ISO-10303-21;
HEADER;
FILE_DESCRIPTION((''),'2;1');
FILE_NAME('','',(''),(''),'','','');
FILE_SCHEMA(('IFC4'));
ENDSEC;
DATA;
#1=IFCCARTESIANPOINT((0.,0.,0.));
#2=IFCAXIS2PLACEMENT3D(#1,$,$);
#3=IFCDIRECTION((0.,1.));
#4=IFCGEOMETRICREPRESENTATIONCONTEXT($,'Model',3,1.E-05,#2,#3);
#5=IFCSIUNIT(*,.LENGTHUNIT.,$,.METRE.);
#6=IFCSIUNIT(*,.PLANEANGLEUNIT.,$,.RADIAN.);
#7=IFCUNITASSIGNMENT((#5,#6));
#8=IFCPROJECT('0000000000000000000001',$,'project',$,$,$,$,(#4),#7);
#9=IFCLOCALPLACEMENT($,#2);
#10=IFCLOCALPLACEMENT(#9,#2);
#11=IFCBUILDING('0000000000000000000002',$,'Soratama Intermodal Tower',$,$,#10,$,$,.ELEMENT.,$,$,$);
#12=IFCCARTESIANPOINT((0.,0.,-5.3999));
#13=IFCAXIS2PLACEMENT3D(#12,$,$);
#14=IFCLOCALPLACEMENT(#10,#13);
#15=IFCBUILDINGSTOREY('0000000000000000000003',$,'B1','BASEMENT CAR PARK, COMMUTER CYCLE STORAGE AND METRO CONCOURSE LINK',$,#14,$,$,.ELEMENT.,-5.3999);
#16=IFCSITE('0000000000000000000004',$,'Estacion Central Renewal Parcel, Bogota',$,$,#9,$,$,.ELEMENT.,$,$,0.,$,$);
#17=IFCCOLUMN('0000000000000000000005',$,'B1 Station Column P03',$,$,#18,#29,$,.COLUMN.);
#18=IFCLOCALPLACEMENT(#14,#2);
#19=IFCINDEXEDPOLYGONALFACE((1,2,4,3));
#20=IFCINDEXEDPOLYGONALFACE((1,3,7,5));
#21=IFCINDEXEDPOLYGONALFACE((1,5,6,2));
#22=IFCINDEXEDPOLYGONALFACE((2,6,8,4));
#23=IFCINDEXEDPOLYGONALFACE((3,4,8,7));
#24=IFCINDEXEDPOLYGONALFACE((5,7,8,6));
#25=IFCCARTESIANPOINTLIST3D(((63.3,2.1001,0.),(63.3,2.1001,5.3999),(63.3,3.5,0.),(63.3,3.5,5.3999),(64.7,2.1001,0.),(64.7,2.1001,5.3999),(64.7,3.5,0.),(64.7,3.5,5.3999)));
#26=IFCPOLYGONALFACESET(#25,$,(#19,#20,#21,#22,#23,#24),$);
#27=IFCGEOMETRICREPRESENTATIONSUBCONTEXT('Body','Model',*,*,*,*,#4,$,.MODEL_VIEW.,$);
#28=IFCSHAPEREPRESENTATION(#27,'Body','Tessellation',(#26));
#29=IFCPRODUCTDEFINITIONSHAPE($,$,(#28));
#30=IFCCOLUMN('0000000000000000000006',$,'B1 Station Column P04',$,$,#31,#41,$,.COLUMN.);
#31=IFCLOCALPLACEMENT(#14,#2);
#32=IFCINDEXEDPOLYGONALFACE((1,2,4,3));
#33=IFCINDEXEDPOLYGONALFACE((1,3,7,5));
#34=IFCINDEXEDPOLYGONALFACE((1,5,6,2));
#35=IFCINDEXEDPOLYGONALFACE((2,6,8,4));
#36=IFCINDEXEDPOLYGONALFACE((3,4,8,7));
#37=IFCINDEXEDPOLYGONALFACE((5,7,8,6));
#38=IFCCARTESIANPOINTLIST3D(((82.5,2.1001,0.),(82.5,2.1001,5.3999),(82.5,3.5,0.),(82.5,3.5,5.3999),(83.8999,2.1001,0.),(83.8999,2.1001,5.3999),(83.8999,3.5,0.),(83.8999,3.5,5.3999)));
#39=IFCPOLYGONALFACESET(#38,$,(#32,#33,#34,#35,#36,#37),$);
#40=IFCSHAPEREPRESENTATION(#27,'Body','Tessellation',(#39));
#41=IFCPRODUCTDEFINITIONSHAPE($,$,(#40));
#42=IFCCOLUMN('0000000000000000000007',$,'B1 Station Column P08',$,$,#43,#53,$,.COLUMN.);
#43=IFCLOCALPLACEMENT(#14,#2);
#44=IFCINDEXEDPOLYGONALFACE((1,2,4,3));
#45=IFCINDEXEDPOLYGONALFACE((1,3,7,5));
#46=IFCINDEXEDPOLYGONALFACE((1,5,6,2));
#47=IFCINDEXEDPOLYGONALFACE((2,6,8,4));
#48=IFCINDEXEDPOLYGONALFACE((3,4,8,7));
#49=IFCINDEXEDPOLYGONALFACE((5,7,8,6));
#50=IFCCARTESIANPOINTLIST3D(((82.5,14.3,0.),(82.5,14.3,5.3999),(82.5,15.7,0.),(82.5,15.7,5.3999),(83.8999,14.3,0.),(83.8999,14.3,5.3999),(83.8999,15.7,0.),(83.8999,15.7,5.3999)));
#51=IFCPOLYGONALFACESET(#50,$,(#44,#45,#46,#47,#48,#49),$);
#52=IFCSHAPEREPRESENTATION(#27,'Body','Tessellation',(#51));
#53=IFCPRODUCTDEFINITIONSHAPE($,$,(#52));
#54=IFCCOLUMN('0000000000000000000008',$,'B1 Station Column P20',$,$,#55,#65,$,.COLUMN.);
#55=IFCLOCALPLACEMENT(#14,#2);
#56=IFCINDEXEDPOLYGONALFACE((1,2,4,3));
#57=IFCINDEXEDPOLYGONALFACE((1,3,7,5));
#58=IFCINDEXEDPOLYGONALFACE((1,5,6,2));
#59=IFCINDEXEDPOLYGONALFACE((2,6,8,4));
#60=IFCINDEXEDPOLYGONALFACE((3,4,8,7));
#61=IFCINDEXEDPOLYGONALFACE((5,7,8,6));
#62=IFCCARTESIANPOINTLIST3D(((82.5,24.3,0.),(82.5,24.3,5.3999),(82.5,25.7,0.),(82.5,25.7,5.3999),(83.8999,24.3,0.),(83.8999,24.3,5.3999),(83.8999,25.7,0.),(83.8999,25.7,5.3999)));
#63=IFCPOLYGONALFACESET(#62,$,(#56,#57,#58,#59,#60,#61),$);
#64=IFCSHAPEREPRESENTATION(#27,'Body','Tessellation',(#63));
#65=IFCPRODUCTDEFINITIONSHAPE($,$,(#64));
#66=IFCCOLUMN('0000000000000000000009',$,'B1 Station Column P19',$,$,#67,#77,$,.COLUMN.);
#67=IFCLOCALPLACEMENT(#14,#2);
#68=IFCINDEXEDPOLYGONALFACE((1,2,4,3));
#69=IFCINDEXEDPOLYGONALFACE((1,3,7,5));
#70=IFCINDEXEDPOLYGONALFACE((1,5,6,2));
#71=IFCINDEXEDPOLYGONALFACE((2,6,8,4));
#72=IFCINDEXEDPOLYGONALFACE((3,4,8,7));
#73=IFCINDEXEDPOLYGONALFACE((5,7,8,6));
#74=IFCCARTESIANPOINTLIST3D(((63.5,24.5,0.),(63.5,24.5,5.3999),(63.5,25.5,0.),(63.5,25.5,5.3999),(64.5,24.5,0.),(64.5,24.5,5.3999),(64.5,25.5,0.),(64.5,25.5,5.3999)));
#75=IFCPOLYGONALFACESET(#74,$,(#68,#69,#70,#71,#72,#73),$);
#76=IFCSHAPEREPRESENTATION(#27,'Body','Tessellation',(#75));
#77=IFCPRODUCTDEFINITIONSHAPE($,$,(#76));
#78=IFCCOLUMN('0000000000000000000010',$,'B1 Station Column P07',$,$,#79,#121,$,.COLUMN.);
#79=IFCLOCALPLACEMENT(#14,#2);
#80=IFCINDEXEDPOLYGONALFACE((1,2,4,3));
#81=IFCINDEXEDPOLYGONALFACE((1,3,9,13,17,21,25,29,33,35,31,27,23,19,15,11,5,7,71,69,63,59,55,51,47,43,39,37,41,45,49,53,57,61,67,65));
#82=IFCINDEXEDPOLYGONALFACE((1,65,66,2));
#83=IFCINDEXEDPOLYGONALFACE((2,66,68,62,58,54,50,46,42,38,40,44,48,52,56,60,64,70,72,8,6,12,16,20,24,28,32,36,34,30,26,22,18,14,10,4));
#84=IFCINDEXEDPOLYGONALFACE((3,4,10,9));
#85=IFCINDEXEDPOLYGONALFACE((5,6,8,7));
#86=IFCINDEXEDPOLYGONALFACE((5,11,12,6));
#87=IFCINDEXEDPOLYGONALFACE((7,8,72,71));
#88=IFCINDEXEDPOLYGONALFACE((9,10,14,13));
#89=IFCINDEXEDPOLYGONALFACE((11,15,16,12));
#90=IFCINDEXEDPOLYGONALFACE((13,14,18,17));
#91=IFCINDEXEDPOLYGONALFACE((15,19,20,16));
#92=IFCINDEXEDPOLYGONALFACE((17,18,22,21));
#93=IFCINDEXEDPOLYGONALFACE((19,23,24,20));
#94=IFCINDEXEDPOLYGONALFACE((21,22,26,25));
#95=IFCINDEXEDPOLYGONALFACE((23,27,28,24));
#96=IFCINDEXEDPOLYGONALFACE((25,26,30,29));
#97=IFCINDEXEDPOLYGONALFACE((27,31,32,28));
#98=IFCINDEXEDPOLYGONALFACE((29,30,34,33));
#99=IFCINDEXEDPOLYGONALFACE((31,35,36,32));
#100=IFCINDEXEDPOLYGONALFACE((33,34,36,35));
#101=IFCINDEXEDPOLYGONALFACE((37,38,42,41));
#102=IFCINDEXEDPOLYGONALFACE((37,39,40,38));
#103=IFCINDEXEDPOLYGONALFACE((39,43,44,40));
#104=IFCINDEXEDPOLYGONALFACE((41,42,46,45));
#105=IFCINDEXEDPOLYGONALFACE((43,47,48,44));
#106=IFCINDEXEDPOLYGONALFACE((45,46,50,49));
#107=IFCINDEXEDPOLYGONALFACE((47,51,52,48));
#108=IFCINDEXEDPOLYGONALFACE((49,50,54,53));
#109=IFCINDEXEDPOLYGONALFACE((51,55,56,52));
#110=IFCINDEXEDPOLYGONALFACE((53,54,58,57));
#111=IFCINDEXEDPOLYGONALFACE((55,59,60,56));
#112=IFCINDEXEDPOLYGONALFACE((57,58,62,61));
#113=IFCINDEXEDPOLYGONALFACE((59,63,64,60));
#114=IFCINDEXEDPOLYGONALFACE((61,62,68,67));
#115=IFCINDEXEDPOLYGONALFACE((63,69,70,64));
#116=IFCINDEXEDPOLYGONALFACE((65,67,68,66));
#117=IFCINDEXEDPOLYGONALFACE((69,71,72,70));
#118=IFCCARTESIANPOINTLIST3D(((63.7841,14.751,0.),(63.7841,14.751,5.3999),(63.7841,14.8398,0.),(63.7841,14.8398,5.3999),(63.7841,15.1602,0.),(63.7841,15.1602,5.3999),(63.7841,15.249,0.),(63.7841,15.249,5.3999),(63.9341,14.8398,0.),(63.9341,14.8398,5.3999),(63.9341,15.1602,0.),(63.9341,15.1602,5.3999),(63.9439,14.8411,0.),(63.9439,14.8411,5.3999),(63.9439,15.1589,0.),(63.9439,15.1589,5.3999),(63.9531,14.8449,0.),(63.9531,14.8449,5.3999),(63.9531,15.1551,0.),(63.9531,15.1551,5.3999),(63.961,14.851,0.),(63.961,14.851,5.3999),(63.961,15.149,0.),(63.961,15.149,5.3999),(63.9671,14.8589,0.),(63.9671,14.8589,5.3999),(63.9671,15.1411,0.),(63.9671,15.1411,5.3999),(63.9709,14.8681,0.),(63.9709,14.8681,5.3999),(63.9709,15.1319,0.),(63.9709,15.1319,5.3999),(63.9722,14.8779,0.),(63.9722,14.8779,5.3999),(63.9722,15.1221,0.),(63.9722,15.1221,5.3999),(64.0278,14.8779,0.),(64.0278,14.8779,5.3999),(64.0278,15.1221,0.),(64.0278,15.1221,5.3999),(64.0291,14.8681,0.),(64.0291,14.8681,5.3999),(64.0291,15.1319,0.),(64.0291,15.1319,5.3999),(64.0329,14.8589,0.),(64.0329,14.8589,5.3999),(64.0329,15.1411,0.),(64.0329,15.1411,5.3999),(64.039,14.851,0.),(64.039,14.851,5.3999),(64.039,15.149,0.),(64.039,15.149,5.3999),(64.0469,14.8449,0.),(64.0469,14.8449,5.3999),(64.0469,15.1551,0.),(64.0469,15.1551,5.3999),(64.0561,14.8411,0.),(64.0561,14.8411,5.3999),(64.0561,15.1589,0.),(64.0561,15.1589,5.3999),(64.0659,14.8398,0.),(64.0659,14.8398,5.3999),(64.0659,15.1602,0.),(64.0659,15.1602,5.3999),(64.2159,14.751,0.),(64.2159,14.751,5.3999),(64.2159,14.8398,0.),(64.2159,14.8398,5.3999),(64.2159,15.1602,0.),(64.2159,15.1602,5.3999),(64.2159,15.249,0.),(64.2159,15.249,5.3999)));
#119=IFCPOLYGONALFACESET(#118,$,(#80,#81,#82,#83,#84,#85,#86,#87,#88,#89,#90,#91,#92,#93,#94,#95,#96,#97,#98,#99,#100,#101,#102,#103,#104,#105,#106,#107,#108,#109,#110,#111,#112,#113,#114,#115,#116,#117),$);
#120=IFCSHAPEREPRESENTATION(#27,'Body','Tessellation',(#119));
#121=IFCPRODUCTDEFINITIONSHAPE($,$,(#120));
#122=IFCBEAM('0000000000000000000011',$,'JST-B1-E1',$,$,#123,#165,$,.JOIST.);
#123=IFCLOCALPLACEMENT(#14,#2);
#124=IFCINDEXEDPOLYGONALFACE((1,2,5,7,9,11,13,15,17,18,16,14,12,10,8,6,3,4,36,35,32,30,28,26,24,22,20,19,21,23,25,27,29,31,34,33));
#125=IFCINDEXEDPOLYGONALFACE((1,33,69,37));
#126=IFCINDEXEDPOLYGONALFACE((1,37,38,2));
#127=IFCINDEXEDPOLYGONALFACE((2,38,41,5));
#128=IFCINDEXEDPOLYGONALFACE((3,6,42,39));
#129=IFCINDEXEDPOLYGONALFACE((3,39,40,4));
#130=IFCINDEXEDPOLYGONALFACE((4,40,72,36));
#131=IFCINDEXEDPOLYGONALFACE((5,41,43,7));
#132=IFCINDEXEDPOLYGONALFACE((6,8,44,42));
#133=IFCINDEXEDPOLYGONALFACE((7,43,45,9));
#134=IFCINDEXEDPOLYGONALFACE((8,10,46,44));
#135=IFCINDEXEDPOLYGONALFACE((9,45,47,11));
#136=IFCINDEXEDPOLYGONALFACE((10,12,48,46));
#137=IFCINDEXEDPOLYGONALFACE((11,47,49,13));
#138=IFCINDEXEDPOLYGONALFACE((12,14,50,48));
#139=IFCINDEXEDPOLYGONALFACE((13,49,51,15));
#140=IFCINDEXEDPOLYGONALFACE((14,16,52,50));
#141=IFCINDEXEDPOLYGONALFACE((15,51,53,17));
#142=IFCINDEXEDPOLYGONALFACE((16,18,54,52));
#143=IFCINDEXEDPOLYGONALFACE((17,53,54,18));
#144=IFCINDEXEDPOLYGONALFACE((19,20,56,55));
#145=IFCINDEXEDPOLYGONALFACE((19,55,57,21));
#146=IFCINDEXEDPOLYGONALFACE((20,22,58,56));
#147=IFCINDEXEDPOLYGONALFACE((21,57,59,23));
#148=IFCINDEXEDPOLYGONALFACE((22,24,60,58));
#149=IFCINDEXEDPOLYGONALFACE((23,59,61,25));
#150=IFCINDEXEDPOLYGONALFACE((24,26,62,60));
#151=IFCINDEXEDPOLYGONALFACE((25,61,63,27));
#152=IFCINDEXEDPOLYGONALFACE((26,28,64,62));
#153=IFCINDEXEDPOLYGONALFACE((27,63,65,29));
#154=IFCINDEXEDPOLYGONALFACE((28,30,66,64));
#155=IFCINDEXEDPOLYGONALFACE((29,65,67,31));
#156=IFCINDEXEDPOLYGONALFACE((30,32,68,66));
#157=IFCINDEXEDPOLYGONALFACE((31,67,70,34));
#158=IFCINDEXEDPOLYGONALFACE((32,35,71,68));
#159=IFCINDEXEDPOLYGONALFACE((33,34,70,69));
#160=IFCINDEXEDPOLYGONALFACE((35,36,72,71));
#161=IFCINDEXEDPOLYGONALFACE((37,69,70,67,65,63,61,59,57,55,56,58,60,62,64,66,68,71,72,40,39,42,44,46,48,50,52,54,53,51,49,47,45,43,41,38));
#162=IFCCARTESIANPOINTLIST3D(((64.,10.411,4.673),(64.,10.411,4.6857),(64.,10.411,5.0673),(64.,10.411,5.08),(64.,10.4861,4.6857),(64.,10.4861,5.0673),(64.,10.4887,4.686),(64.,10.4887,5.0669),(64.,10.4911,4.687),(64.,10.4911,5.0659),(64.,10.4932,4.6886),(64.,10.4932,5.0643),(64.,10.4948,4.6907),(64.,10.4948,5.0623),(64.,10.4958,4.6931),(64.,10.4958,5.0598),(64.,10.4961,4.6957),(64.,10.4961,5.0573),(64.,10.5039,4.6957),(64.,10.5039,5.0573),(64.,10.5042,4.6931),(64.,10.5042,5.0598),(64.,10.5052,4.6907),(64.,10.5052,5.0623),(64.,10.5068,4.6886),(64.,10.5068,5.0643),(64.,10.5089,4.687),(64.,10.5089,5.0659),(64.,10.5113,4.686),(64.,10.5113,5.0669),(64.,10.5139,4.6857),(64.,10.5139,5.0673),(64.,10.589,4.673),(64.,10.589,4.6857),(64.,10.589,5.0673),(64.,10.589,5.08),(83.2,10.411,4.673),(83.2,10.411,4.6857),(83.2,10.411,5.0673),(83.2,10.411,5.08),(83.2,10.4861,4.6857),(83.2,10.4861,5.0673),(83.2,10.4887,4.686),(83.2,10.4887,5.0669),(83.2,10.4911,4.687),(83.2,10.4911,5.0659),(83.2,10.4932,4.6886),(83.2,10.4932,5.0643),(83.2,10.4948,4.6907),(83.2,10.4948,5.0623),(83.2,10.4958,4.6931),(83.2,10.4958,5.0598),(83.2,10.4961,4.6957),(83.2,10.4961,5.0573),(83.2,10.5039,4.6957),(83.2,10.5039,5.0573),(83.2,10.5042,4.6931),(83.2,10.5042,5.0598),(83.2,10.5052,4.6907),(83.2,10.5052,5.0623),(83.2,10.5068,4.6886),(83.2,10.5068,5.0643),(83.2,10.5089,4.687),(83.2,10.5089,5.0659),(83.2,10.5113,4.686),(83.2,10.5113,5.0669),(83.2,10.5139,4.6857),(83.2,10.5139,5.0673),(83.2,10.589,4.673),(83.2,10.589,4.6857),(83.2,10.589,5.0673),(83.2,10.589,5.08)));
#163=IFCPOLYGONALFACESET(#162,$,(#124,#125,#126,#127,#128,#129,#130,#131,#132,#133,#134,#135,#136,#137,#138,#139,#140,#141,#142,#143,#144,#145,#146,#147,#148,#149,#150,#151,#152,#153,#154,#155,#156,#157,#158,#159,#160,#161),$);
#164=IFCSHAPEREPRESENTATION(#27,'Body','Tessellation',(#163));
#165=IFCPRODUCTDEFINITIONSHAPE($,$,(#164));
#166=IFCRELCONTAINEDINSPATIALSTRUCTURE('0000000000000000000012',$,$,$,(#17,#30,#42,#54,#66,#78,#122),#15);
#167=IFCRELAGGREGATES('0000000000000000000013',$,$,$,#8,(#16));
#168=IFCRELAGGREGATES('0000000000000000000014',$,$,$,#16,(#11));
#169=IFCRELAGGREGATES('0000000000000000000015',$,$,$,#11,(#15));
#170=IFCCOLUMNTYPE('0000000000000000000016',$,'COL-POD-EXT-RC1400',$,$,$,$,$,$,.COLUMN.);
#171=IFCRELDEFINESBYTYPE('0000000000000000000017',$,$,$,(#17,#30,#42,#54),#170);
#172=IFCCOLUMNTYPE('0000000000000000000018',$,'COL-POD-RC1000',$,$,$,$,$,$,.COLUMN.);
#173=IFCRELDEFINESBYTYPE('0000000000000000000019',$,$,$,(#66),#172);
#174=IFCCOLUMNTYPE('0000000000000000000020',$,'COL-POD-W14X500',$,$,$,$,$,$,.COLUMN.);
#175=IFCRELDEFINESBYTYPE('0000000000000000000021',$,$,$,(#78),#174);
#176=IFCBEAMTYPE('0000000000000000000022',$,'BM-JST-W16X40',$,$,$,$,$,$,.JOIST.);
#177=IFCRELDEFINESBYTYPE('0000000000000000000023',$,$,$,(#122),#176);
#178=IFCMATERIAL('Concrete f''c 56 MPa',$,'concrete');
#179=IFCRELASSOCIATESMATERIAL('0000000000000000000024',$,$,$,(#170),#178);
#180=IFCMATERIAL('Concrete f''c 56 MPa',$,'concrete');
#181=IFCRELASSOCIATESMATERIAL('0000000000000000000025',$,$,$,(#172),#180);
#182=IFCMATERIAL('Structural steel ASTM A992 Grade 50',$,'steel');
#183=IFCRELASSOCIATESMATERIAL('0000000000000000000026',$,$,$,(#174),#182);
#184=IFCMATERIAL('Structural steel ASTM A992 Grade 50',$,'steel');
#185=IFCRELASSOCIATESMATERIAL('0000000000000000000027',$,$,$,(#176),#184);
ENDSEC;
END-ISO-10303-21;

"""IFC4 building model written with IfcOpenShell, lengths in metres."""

from ifc_helpers import new_model, si_unit, direction, frame, origin, origin_2d, place, context, subcontext, project, spatial, rectangle, i_section, extrude, material, material_profile, profile_set, type_object, element, save


model = new_model("IFC4")

# Units and contexts
model_context = context("Model", 3, precision=1e-05, world=origin(), true_north=direction((0.0, 1.0)))
body_context = subcontext(model_context, "Body", "Model", "MODEL_VIEW")
ifc_project = project(units=[si_unit("LENGTHUNIT", "METRE"), si_unit("PLANEANGLEUNIT", "RADIAN")], contexts=[model_context])

# Site, building, storey
site_placement = place(None, origin())
site = spatial("IfcSite", under=ifc_project, at=site_placement, Name="Estacion Central Renewal Parcel, Bogota", CompositionType="ELEMENT", RefElevation=0.0)
building_placement = place(site_placement, origin())
building = spatial("IfcBuilding", under=site, at=building_placement, Name="Soratama Intermodal Tower", CompositionType="ELEMENT")
storey_placement = place(building_placement, frame((0.0, 0.0, -5.3999)))
storey = spatial("IfcBuildingStorey", under=building, at=storey_placement, Name="B1", Description="BASEMENT CAR PARK, COMMUTER CYCLE STORAGE AND METRO CONCOURSE LINK", CompositionType="ELEMENT", Elevation=-5.3999)

# Columns
ifc_material_1 = material(Name="Concrete f'c 56 MPa", Category="concrete")
ifc_material_profile_1 = material_profile(ifc_material_1, rectangle(XDim=1.3999, YDim=1.3999, at=origin_2d()), Name="RC1400X1400")
ifc_profile_set_1 = profile_set([ifc_material_profile_1], Name="Concrete f'c 56 MPa")
column_type_1 = type_object("IfcColumnType", Name="COL-POD-EXT-RC1400", PredefinedType="COLUMN", material=ifc_profile_set_1)
for number, where, z_axis, x_axis, name in (
    (1, (64.0, 2.8, 0.0), (0.0, 0.0, 1.0), (1.0, 0.0, 0.0), "B1 Station Column P03"),
    (2, (83.2, 2.8, 0.0), (0.0, 0.0, 1.0), (1.0, 0.0, 0.0), "B1 Station Column P04"),
    (3, (83.2, 15.0, 0.0), (0.0, 0.0, 1.0), (1.0, 0.0, 0.0), "B1 Station Column P08"),
    (4, (83.2, 25.0, 0.0), (0.0, 0.0, 1.0), (1.0, 0.0, 0.0), "B1 Station Column P20"),
):
    element("IfcColumn", number, at=place(storey_placement, frame(where, z_axis=z_axis, x_axis=x_axis)), inside=storey, type_object=column_type_1, Name=name, PredefinedType="COLUMN", context=body_context, shape_type="SweptSolid", body=[
        extrude(rectangle(XDim=1.3999, YDim=1.3999, at=origin_2d()), origin(), (0.0, 0.0, 1.0), 5.3999),
    ])
ifc_material_2 = material(Name="Concrete f'c 56 MPa", Category="concrete")
ifc_material_profile_2 = material_profile(ifc_material_2, rectangle(XDim=1.0, YDim=1.0, at=origin_2d()), Name="RC1000X1000")
ifc_profile_set_2 = profile_set([ifc_material_profile_2], Name="Concrete f'c 56 MPa")
column_type_2 = type_object("IfcColumnType", Name="COL-POD-RC1000", PredefinedType="COLUMN", material=ifc_profile_set_2)
column_1_placement = place(storey_placement, frame((64.0, 25.0, 0.0), z_axis=(0.0, 0.0, 1.0), x_axis=(1.0, 0.0, 0.0)))
element("IfcColumn", 5, at=column_1_placement, inside=storey, type_object=column_type_2, Name="B1 Station Column P19", PredefinedType="COLUMN", context=body_context, shape_type="SweptSolid", body=[
    extrude(rectangle(XDim=1.0, YDim=1.0, at=origin_2d()), origin(), (0.0, 0.0, 1.0), 5.3999),
])
ifc_material_3 = material(Name="Structural steel ASTM A992 Grade 50", Category="steel")
ifc_material_profile_3 = material_profile(ifc_material_3, i_section(OverallWidth=0.4319, OverallDepth=0.498, WebThickness=0.0557, FlangeThickness=0.0889, FilletRadius=0.0381, at=origin_2d()), Name="W14X500")
ifc_profile_set_3 = profile_set([ifc_material_profile_3], Name="Structural steel ASTM A992 Grade 50")
column_type_3 = type_object("IfcColumnType", Name="COL-POD-W14X500", PredefinedType="COLUMN", material=ifc_profile_set_3)
column_2_placement = place(storey_placement, frame((64.0, 15.0, 0.0), z_axis=(0.0, 0.0, 1.0), x_axis=(1.0, 0.0, 0.0)))
element("IfcColumn", 6, at=column_2_placement, inside=storey, type_object=column_type_3, Name="B1 Station Column P07", PredefinedType="COLUMN", context=body_context, shape_type="SweptSolid", body=[
    extrude(i_section(OverallWidth=0.4319, OverallDepth=0.498, WebThickness=0.0557, FlangeThickness=0.0889, FilletRadius=0.0381, at=origin_2d()), origin(), (0.0, 0.0, 1.0), 5.3999),
])

# Beam
ifc_material_4 = material(Name="Structural steel ASTM A992 Grade 50", Category="steel")
ifc_material_profile_4 = material_profile(ifc_material_4, i_section(OverallWidth=0.178, OverallDepth=0.407, WebThickness=0.0078, FlangeThickness=0.0127, FilletRadius=0.01, at=origin_2d()), Name="W16X40")
ifc_profile_set_4 = profile_set([ifc_material_profile_4], Name="Structural steel ASTM A992 Grade 50")
beam_type_1 = type_object("IfcBeamType", Name="BM-JST-W16X40", PredefinedType="JOIST", material=ifc_profile_set_4)
for number, where, z_axis, x_axis, name in (
    (7, (64.0, 10.5, 4.8765), (1.0, 0.0, 0.0), (0.0, 1.0, 0.0), "JST-B1-E1"),
):
    element("IfcBeam", number, at=place(storey_placement, frame(where, z_axis=z_axis, x_axis=x_axis)), inside=storey, type_object=beam_type_1, Name=name, PredefinedType="JOIST", context=body_context, shape_type="SweptSolid", body=[
        extrude(i_section(OverallWidth=0.178, OverallDepth=0.407, WebThickness=0.0078, FlangeThickness=0.0127, FilletRadius=0.01, at=origin_2d()), origin(), (0.0, 0.0, 1.0), 19.2),
    ])

save(model, "model.ifc")
